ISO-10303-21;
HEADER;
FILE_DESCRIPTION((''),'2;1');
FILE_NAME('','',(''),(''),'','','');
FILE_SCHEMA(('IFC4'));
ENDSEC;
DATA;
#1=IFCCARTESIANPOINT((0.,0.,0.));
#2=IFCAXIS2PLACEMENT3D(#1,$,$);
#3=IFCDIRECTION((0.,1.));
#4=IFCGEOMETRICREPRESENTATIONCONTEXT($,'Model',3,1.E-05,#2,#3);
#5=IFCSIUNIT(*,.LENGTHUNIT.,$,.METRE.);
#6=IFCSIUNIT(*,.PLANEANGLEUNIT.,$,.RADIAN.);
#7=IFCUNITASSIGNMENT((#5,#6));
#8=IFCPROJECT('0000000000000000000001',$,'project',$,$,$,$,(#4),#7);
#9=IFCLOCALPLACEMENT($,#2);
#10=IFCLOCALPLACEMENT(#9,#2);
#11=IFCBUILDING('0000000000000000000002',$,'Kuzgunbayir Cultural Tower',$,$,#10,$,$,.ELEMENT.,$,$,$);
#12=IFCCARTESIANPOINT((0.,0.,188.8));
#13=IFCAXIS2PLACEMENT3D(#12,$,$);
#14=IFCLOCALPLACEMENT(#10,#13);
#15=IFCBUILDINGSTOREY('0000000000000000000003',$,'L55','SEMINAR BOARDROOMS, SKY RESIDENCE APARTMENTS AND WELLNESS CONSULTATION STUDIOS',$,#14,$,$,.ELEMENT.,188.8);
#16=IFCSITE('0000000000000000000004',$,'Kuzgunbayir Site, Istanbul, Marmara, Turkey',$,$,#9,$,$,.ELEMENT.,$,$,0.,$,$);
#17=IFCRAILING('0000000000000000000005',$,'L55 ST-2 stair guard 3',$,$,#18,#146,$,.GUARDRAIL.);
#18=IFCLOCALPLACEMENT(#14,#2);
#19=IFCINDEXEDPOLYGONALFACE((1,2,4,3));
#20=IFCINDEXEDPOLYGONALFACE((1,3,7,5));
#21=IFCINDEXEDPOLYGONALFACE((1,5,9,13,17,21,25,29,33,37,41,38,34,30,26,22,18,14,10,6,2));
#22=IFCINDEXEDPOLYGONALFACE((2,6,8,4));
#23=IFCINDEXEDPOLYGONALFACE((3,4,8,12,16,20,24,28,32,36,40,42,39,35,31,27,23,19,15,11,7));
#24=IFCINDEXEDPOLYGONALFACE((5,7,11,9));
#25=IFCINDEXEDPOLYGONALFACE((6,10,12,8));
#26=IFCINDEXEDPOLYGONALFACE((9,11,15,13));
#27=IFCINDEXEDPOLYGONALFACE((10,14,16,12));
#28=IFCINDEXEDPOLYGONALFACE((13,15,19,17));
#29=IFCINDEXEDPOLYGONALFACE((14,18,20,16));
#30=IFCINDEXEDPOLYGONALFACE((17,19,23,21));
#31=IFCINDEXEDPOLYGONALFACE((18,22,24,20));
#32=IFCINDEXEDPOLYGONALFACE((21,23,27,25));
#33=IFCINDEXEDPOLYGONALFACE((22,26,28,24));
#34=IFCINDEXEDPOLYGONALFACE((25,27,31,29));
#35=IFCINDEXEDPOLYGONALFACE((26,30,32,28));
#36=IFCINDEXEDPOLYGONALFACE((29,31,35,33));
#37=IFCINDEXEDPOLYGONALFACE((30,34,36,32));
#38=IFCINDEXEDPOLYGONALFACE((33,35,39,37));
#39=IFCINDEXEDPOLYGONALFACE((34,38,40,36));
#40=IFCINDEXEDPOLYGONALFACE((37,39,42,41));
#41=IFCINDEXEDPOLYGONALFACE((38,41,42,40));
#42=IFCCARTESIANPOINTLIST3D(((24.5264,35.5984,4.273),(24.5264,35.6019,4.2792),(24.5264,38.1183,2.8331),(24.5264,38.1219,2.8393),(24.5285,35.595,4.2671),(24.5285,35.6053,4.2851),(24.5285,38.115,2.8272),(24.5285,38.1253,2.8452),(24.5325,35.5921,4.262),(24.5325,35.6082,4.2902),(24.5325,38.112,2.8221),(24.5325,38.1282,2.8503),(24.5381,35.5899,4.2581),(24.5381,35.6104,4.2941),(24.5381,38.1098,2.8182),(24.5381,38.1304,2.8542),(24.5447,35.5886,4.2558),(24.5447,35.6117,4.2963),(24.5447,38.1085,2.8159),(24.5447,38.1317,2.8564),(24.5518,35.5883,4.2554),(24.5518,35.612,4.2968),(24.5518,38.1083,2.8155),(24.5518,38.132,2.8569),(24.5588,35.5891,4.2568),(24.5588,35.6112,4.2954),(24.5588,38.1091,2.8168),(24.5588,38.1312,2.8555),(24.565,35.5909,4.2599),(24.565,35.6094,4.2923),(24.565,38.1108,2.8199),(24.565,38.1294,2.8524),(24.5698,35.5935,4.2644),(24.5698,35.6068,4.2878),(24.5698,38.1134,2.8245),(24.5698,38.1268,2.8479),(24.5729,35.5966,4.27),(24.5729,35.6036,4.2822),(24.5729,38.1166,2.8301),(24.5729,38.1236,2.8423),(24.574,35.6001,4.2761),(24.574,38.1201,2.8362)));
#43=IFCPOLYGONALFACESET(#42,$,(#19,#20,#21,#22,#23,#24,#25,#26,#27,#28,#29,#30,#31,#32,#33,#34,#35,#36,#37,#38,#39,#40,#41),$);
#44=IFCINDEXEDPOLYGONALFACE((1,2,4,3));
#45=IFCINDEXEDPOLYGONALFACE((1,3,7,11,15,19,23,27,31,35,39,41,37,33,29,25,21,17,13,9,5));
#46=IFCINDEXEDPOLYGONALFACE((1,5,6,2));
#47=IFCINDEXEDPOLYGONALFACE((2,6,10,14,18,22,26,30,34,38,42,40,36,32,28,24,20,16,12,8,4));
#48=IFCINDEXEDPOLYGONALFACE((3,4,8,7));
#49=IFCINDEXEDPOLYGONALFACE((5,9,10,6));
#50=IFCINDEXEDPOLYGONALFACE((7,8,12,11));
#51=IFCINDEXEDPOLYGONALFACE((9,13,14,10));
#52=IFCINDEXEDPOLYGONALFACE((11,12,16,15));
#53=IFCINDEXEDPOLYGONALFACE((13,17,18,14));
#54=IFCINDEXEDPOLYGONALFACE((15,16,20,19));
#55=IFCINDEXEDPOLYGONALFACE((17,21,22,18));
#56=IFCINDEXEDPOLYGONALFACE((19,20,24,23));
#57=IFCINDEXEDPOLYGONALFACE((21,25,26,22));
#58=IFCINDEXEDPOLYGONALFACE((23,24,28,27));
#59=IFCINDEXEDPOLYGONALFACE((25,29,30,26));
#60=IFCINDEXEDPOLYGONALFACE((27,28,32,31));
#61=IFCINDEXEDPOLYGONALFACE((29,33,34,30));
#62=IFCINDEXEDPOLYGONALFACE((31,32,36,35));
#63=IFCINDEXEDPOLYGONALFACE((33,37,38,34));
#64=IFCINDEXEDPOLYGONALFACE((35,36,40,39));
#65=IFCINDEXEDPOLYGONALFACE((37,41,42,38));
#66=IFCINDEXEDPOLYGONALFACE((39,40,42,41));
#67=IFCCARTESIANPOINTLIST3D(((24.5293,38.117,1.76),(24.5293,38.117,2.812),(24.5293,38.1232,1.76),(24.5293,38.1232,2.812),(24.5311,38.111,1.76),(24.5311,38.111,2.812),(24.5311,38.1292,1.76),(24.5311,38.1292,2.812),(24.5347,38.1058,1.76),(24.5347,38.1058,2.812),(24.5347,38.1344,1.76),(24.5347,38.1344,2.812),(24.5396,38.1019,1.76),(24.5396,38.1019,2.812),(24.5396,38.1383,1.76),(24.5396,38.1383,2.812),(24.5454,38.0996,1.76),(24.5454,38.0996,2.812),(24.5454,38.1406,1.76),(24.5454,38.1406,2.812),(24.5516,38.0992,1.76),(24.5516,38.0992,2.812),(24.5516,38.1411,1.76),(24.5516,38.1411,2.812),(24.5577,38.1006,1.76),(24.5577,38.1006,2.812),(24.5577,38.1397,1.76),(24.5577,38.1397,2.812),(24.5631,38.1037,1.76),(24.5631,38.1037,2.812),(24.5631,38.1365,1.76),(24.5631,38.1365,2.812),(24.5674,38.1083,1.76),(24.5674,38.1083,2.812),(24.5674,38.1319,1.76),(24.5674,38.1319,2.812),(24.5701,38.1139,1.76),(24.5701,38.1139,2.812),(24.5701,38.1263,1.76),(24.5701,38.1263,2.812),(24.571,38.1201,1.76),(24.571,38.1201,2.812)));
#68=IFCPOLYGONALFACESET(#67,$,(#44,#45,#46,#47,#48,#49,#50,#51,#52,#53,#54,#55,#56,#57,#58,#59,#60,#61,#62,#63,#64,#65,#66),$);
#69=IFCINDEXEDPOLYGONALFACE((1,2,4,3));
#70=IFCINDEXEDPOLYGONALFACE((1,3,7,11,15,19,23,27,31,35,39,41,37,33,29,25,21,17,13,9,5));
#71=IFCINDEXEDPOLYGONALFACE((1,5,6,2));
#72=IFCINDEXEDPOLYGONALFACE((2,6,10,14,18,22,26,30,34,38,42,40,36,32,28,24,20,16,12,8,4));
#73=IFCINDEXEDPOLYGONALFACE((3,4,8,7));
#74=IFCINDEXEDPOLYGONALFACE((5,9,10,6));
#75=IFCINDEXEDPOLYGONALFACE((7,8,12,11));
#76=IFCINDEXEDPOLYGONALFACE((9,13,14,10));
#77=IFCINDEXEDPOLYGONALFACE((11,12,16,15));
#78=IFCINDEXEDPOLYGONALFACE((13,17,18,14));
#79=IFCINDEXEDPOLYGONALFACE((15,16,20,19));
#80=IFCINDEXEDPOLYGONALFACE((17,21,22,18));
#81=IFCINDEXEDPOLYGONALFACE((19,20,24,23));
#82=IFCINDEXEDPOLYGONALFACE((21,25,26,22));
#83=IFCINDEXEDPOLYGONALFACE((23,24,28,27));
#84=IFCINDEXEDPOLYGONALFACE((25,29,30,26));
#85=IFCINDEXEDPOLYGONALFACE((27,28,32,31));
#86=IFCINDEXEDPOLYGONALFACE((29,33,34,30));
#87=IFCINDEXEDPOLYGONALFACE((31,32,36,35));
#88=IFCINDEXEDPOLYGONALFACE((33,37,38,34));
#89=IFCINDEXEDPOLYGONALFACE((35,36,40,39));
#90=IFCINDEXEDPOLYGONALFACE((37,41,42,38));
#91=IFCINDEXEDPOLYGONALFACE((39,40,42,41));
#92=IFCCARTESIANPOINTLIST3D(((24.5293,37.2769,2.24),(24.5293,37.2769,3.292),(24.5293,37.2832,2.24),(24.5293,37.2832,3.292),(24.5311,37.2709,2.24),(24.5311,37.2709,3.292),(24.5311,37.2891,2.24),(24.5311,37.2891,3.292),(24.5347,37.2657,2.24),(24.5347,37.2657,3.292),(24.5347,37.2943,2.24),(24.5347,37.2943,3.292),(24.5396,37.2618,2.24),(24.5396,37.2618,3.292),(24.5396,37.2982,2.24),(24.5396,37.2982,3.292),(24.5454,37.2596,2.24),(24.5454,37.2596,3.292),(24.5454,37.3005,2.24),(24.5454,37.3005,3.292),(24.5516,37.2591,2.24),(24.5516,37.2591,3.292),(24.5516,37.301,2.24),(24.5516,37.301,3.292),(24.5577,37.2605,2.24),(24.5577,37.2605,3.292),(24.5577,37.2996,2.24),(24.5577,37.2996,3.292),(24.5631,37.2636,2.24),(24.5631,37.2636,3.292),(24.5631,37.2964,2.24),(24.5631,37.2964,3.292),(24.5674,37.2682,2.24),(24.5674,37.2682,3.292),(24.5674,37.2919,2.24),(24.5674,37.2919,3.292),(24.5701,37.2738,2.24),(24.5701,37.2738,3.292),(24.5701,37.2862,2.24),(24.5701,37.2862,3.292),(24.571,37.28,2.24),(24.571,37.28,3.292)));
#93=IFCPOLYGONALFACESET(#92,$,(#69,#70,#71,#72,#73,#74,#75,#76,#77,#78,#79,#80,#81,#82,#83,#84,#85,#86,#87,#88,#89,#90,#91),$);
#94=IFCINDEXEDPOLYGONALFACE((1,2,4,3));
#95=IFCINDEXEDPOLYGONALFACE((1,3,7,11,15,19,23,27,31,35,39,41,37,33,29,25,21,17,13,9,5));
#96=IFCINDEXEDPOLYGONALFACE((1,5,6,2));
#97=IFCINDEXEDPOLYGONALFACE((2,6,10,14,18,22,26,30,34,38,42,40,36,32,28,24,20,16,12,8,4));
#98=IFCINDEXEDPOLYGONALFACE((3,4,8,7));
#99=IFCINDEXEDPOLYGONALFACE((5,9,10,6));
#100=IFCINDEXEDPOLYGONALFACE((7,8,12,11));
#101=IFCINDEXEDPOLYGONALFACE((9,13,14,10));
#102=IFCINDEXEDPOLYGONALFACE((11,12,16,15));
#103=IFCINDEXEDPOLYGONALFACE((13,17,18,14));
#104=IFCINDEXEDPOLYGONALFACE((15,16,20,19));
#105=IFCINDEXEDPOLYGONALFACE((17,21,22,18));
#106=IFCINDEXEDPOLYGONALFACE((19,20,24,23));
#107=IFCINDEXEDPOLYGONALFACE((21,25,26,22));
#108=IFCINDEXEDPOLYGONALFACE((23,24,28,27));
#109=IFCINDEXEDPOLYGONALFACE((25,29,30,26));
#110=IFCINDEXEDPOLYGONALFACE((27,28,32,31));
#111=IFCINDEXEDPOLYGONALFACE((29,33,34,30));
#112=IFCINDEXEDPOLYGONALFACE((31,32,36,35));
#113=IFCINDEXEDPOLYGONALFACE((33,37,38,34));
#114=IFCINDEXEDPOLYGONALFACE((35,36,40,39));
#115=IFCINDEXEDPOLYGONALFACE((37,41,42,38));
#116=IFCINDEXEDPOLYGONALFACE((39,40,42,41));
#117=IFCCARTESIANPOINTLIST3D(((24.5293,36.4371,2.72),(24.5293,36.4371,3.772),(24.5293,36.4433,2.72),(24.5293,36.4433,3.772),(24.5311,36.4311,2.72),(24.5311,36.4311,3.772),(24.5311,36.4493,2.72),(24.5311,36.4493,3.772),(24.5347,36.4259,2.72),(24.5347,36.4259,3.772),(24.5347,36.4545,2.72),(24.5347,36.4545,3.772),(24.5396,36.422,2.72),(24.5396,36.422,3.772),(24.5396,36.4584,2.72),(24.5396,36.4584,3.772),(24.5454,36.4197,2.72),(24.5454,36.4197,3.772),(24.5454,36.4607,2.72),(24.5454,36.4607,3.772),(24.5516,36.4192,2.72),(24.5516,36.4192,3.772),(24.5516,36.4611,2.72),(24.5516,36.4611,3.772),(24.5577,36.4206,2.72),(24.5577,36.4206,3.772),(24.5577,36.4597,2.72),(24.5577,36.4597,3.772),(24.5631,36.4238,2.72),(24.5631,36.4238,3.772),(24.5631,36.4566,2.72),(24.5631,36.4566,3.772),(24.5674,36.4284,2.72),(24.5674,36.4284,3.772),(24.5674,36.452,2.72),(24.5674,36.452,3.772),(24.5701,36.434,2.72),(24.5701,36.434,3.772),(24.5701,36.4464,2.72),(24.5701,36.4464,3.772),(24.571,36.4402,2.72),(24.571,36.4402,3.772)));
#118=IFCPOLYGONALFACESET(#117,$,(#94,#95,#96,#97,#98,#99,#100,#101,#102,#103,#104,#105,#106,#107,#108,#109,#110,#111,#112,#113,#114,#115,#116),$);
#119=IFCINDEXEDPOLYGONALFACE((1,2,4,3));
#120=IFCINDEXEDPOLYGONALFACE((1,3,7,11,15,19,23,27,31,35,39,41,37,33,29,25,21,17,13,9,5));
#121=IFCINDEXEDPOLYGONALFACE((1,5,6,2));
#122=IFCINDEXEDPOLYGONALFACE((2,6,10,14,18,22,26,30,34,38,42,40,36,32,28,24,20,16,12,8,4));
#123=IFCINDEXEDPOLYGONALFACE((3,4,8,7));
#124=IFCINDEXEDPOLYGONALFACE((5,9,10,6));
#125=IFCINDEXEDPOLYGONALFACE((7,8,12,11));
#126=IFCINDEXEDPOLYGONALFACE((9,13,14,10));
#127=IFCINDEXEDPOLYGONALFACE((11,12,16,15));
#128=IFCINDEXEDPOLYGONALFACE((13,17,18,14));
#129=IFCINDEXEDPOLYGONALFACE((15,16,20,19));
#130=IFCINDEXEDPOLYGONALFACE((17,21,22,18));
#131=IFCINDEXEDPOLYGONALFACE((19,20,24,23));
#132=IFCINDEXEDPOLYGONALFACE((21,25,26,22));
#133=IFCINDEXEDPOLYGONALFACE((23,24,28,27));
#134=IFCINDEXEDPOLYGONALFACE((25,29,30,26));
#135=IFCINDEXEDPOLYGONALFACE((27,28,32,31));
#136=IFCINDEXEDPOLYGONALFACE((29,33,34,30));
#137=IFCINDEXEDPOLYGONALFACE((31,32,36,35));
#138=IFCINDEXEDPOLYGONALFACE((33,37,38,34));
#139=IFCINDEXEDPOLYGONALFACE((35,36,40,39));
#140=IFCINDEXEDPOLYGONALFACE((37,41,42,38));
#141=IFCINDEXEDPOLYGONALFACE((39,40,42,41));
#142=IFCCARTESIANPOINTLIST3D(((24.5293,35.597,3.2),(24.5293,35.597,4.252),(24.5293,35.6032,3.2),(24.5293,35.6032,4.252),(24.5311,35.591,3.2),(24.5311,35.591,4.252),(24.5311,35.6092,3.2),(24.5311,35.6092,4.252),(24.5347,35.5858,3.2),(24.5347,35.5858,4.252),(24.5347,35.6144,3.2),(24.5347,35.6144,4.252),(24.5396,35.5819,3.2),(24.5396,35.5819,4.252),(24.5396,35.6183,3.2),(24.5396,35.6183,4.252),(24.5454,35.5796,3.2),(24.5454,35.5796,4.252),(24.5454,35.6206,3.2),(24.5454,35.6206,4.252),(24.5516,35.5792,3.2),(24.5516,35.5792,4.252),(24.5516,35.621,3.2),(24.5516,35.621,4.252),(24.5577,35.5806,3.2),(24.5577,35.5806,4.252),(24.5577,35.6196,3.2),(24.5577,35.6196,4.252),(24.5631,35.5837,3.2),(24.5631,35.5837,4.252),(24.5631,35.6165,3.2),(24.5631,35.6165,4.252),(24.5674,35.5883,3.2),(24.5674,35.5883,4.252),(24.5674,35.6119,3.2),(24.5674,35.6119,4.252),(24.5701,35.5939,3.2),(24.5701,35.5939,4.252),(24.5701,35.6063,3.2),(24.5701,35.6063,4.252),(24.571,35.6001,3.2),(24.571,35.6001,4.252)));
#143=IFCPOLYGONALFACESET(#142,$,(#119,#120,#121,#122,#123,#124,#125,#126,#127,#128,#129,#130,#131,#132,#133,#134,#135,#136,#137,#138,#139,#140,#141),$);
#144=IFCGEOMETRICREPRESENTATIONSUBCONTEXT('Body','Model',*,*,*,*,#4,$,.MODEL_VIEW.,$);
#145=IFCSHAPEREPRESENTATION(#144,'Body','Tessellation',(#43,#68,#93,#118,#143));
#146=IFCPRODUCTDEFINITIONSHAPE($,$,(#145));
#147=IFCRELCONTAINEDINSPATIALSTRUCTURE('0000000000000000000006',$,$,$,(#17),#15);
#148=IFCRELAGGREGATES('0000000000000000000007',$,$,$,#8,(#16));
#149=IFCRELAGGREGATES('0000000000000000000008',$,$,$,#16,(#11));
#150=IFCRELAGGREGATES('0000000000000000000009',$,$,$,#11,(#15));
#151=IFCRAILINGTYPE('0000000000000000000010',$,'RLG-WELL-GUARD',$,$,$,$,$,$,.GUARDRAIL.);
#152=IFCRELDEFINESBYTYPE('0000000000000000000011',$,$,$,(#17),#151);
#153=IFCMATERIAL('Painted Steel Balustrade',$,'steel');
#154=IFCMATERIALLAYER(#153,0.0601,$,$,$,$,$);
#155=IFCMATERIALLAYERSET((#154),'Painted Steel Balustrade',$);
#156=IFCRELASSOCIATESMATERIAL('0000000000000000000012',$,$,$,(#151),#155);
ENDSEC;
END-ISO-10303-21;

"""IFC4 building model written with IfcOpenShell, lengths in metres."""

from ifc_helpers import new_model, si_unit, direction, frame, origin, origin_2d, place, context, subcontext, project, spatial, circle, extrude, material, layer, layer_set, type_object, element, save


model = new_model("IFC4")

# Units and contexts
model_context = context("Model", 3, precision=1e-05, world=origin(), true_north=direction((0.0, 1.0)))
body_context = subcontext(model_context, "Body", "Model", "MODEL_VIEW")
ifc_project = project(units=[si_unit("LENGTHUNIT", "METRE"), si_unit("PLANEANGLEUNIT", "RADIAN")], contexts=[model_context])

# Site, building, storey
site_placement = place(None, origin())
site = spatial("IfcSite", under=ifc_project, at=site_placement, Name="Kuzgunbayir Site, Istanbul, Marmara, Turkey", CompositionType="ELEMENT", RefElevation=0.0)
building_placement = place(site_placement, origin())
building = spatial("IfcBuilding", under=site, at=building_placement, Name="Kuzgunbayir Cultural Tower", CompositionType="ELEMENT")
storey_placement = place(building_placement, frame((0.0, 0.0, 188.8)))
storey = spatial("IfcBuildingStorey", under=building, at=storey_placement, Name="L55", Description="SEMINAR BOARDROOMS, SKY RESIDENCE APARTMENTS AND WELLNESS CONSULTATION STUDIOS", CompositionType="ELEMENT", Elevation=188.8)

# Railing
ifc_material_1 = material(Name="Painted Steel Balustrade", Category="steel")
ifc_layer_1 = layer(ifc_material_1, 0.0601)
ifc_layer_set_1 = layer_set([ifc_layer_1], Name="Painted Steel Balustrade")
railing_type_1 = type_object("IfcRailingType", Name="RLG-WELL-GUARD", PredefinedType="GUARDRAIL", material=ifc_layer_set_1)
railing_1_placement = place(storey_placement, frame((24.55, 38.1201, 1.76)))
element("IfcRailing", 1, at=railing_1_placement, inside=storey, type_object=railing_type_1, Name="L55 ST-2 stair guard 3", PredefinedType="GUARDRAIL", context=body_context, shape_type="SweptSolid", body=[
    extrude(circle(Radius=0.0239, at=origin_2d()), frame((0.0, 0.0, 1.0762), z_axis=(0.0, -0.868253, 0.496121), x_axis=(1.0, 0.0, 0.0)), (0.0, 0.0, 1.0), 2.9023),
    extrude(circle(Radius=0.021, at=origin_2d()), origin(), (0.0, 0.0, 1.0), 1.052),
    extrude(circle(Radius=0.021, at=origin_2d()), frame((0.0, -0.8401, 0.48)), (0.0, 0.0, 1.0), 1.052),
    extrude(circle(Radius=0.021, at=origin_2d()), frame((0.0, -1.6799, 0.96)), (0.0, 0.0, 1.0), 1.052),
    extrude(circle(Radius=0.021, at=origin_2d()), frame((0.0, -2.52, 1.4399)), (0.0, 0.0, 1.0), 1.052),
])

save(model, "model.ifc")
